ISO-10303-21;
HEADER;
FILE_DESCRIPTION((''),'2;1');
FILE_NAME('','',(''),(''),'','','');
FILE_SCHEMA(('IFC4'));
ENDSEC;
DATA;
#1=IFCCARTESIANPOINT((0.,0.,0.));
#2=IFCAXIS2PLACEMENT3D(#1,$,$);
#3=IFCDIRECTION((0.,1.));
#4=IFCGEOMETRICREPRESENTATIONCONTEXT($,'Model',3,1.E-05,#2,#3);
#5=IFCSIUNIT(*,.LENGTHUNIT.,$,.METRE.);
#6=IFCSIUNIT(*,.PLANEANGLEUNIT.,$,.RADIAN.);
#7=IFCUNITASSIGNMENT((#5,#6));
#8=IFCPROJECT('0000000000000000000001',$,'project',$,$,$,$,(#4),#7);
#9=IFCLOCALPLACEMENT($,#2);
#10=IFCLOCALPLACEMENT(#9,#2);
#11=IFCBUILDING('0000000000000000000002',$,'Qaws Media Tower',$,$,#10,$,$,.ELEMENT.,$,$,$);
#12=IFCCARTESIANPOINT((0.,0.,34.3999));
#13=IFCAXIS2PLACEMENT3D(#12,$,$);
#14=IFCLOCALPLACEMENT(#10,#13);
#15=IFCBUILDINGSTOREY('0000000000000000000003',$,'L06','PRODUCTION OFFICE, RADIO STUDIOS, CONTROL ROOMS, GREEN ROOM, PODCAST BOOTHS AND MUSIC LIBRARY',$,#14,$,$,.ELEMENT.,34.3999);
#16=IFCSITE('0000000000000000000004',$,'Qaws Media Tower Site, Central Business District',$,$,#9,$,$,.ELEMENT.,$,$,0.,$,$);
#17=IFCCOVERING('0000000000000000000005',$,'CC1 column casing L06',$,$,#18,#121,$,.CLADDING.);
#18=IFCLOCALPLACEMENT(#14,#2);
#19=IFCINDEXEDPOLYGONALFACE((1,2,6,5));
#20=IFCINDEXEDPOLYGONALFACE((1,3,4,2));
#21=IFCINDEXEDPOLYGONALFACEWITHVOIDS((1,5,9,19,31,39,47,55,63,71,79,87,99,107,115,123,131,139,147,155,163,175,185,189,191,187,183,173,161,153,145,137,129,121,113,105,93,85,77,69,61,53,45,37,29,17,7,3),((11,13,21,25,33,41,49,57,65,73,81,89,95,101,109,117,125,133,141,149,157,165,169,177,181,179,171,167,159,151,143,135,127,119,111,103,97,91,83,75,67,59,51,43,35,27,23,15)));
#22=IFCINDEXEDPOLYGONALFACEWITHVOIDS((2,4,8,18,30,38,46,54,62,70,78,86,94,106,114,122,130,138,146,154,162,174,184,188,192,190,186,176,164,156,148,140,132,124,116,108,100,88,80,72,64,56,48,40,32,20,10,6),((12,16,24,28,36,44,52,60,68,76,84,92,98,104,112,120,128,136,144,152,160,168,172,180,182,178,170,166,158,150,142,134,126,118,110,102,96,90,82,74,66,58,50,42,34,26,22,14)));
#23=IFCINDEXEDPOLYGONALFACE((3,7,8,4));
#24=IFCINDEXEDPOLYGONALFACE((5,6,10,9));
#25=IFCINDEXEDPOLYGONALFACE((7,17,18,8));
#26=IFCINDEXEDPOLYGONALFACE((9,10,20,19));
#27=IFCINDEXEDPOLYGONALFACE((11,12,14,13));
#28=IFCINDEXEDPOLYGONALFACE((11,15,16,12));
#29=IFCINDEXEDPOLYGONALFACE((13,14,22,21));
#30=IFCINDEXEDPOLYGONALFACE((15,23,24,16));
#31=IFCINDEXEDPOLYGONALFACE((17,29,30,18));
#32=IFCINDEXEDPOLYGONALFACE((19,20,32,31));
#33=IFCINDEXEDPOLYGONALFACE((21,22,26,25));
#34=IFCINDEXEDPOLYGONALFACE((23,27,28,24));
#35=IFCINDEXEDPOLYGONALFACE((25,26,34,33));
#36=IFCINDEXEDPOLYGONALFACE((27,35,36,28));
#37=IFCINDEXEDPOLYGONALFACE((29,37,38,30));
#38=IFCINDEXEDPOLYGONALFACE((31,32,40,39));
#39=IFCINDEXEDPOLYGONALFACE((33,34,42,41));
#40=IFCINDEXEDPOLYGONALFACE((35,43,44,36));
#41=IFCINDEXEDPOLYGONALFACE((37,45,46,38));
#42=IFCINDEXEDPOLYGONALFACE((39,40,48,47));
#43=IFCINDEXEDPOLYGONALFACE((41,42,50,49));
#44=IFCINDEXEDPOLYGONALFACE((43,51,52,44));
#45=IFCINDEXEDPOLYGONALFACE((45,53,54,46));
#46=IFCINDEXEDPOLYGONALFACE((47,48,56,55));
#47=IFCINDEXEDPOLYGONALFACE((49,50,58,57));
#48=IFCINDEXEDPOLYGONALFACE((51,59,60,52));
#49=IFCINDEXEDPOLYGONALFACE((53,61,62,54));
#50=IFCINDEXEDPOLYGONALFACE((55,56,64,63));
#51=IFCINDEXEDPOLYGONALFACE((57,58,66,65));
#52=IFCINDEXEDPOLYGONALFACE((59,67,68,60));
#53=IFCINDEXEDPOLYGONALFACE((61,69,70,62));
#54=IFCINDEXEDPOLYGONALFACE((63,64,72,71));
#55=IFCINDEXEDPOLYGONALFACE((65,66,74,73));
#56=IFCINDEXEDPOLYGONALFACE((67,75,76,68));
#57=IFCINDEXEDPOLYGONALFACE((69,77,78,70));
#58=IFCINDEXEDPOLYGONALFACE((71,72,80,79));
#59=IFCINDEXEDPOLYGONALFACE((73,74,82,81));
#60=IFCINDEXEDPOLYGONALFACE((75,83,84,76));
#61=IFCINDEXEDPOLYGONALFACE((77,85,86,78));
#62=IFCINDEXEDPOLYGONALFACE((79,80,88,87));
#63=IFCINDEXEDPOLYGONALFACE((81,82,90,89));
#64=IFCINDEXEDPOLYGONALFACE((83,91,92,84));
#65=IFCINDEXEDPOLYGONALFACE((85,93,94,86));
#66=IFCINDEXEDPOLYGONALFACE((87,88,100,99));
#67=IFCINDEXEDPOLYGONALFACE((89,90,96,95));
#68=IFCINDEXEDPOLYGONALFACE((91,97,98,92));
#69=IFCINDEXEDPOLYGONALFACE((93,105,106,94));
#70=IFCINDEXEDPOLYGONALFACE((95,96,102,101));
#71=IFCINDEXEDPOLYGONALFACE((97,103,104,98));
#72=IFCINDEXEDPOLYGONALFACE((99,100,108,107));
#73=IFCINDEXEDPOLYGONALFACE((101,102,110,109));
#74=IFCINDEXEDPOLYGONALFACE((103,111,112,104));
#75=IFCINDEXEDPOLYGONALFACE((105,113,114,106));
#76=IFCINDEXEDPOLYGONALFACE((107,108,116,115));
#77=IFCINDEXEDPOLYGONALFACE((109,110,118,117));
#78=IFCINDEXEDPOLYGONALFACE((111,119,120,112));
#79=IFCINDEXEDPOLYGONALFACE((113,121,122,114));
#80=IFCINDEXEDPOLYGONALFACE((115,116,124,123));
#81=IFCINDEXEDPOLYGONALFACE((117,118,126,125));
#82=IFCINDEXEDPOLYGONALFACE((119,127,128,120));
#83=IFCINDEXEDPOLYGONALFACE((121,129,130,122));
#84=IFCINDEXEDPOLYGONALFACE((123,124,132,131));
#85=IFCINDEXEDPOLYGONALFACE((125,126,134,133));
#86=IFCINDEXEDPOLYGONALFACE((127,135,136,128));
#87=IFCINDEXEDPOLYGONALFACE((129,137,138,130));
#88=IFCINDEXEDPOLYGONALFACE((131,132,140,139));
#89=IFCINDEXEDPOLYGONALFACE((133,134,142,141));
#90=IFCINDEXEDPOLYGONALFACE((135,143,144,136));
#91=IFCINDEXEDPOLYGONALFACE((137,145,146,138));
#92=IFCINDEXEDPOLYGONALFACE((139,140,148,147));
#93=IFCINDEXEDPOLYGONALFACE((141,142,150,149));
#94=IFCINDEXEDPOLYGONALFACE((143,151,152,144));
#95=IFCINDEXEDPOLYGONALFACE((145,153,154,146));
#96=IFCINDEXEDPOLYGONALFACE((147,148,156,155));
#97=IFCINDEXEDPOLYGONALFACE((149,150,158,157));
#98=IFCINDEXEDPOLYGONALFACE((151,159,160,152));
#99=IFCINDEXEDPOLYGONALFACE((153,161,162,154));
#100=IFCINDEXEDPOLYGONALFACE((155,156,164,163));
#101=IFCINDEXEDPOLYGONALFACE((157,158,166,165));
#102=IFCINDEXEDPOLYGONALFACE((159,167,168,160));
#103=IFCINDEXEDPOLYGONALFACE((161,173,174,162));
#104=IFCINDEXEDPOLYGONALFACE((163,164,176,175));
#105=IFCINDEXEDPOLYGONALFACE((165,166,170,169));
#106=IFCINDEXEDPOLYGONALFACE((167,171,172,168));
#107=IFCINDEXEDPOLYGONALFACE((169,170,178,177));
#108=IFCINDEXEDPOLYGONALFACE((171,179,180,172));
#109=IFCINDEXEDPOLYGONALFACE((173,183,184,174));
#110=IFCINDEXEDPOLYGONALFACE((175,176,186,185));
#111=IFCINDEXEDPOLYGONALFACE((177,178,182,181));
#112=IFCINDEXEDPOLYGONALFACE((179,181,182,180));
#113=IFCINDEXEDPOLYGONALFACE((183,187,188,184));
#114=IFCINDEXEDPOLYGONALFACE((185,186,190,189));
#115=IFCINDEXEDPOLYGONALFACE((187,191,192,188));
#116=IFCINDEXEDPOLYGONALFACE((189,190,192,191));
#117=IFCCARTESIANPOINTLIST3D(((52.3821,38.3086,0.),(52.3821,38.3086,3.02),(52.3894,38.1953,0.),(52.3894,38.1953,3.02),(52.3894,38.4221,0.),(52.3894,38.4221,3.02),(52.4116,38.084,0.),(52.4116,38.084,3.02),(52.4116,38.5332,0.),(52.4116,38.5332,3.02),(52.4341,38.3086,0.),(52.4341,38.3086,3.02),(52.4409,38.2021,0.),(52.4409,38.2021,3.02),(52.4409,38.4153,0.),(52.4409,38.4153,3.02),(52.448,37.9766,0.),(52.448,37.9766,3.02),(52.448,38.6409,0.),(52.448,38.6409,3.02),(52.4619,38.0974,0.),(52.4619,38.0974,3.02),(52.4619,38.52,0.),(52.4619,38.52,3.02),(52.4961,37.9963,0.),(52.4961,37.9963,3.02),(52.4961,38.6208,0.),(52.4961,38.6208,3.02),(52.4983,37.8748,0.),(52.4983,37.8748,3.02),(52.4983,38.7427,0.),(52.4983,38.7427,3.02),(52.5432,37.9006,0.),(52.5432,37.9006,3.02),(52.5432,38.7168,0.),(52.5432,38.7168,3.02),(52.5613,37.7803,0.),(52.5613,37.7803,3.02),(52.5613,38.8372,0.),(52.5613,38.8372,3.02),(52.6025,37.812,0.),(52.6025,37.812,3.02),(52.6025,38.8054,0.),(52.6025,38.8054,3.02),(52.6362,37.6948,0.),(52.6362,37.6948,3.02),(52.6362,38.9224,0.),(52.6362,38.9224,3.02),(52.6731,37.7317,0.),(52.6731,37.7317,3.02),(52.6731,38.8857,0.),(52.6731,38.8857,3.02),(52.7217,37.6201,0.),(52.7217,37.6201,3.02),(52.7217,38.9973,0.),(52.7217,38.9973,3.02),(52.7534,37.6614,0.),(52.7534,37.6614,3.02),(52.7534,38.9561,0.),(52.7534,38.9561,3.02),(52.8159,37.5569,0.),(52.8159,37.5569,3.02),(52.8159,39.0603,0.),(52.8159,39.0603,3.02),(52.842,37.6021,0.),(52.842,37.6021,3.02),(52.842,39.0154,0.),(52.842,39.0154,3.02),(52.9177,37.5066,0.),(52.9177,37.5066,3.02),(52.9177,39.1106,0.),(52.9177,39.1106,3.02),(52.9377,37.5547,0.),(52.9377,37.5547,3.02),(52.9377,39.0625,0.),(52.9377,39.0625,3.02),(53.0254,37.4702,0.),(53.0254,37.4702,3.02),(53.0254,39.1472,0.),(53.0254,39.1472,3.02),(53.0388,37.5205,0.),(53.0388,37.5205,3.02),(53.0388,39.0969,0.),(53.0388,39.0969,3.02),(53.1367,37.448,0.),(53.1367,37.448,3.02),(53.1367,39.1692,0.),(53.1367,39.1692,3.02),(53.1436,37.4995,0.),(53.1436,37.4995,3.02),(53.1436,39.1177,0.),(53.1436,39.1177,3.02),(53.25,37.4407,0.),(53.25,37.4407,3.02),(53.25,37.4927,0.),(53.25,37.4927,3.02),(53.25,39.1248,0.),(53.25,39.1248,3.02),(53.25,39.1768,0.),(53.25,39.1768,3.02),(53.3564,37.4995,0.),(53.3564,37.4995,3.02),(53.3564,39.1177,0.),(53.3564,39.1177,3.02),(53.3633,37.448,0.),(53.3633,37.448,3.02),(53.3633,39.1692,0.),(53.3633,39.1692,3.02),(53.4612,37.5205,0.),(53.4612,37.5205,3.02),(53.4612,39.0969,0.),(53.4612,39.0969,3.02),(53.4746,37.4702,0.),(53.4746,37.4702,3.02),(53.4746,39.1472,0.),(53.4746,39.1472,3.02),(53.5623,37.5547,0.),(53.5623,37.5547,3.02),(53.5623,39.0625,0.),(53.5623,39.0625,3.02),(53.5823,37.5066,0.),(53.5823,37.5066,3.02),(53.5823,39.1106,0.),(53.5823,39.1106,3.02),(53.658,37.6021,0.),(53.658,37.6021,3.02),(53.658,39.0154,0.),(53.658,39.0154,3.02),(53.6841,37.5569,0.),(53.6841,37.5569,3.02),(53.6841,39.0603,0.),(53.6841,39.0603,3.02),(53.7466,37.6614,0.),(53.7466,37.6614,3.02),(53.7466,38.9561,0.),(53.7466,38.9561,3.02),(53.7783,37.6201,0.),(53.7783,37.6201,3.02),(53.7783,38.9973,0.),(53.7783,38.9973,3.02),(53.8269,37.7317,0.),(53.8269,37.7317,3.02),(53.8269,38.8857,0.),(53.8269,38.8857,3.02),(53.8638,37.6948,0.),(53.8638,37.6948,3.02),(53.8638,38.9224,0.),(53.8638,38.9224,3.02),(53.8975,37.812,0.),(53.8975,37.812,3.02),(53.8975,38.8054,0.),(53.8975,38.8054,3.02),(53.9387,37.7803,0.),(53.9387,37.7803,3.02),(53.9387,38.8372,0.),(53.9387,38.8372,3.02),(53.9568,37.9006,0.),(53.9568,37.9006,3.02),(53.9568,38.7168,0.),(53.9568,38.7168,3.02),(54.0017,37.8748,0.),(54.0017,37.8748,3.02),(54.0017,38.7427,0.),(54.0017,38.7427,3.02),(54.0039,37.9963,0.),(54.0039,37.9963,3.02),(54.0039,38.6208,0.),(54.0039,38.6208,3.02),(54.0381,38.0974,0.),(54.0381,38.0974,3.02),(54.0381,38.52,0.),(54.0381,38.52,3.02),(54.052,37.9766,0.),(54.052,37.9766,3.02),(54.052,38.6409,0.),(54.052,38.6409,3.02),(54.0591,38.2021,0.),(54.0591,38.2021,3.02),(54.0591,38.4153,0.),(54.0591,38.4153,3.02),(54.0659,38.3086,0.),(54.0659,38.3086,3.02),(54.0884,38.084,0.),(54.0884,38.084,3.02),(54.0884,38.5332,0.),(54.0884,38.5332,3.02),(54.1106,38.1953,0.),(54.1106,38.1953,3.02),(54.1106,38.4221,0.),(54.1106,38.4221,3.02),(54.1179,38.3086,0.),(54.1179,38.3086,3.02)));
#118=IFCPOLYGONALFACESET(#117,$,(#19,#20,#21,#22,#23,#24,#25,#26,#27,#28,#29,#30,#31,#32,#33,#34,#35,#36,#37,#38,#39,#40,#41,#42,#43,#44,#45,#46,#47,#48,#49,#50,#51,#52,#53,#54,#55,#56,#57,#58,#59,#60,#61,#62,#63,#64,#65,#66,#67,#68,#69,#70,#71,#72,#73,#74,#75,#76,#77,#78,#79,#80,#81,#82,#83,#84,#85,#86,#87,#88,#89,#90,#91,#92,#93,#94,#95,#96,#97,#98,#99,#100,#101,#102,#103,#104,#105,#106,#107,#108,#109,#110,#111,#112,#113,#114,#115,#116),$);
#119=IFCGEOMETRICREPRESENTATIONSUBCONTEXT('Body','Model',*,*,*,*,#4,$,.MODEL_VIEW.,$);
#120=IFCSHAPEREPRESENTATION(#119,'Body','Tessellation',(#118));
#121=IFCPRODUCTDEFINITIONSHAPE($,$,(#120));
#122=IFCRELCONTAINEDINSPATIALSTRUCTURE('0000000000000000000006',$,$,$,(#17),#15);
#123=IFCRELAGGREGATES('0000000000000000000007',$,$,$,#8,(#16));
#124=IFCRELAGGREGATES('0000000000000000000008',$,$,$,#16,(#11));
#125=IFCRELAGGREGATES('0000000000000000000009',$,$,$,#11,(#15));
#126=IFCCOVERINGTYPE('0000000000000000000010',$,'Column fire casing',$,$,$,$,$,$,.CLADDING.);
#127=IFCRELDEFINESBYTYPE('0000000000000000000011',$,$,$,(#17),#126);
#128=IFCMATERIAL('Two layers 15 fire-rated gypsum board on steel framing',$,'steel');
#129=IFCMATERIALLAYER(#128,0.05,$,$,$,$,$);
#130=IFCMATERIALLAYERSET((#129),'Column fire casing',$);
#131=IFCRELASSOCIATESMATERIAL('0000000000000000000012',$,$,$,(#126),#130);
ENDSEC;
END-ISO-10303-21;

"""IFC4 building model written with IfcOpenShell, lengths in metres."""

from ifc_helpers import new_model, si_unit, direction, frame, origin, place, context, subcontext, project, spatial, polyline, outline, extrude, material, layer, layer_set, type_object, element, save


model = new_model("IFC4")

# Units and contexts
model_context = context("Model", 3, precision=1e-05, world=origin(), true_north=direction((0.0, 1.0)))
body_context = subcontext(model_context, "Body", "Model", "MODEL_VIEW")
ifc_project = project(units=[si_unit("LENGTHUNIT", "METRE"), si_unit("PLANEANGLEUNIT", "RADIAN")], contexts=[model_context])

# Site, building, storey
site_placement = place(None, origin())
site = spatial("IfcSite", under=ifc_project, at=site_placement, Name="Qaws Media Tower Site, Central Business District", CompositionType="ELEMENT", RefElevation=0.0)
building_placement = place(site_placement, origin())
building = spatial("IfcBuilding", under=site, at=building_placement, Name="Qaws Media Tower", CompositionType="ELEMENT")
storey_placement = place(building_placement, frame((0.0, 0.0, 34.3999)))
storey = spatial("IfcBuildingStorey", under=building, at=storey_placement, Name="L06", Description="PRODUCTION OFFICE, RADIO STUDIOS, CONTROL ROOMS, GREEN ROOM, PODCAST BOOTHS AND MUSIC LIBRARY", CompositionType="ELEMENT", Elevation=34.3999)

# Covering
ifc_material_1 = material(Name="Two layers 15 fire-rated gypsum board on steel framing", Category="steel")
ifc_layer_1 = layer(ifc_material_1, 0.05)
ifc_layer_set_1 = layer_set([ifc_layer_1], Name="Column fire casing")
covering_type = type_object("IfcCoveringType", Name="Column fire casing", PredefinedType="CLADDING", material=ifc_layer_set_1)
covering_1_placement = place(storey_placement, origin())
element("IfcCovering", 1, at=covering_1_placement, inside=storey, type_object=covering_type, Name="CC1 column casing L06", PredefinedType="CLADDING", context=body_context, shape_type="SweptSolid", body=[
    extrude(outline(polyline([(54.1179, 38.3086), (54.1106, 38.1953), (54.0884, 38.084), (54.052, 37.9766), (54.0017, 37.8748), (53.9387, 37.7803), (53.8638, 37.6948), (53.7783, 37.6201), (53.6841, 37.5569), (53.5823, 37.5066), (53.4746, 37.4702), (53.3633, 37.448), (53.25, 37.4407), (53.1367, 37.448), (53.0254, 37.4702), (52.9177, 37.5066), (52.8159, 37.5569), (52.7217, 37.6201), (52.6362, 37.6948), (52.5613, 37.7803), (52.4983, 37.8748), (52.448, 37.9766), (52.4116, 38.084), (52.3894, 38.1953), (52.3821, 38.3086), (52.3894, 38.4221), (52.4116, 38.5332), (52.448, 38.6409), (52.4983, 38.7427), (52.5613, 38.8372), (52.6362, 38.9224), (52.7217, 38.9973), (52.8159, 39.0603), (52.9177, 39.1106), (53.0254, 39.1472), (53.1367, 39.1692), (53.25, 39.1768), (53.3633, 39.1692), (53.4746, 39.1472), (53.5823, 39.1106), (53.6841, 39.0603), (53.7783, 38.9973), (53.8638, 38.9224), (53.9387, 38.8372), (54.0017, 38.7427), (54.052, 38.6409), (54.0884, 38.5332), (54.1106, 38.4221), (54.1179, 38.3086)]), holes=[polyline([(54.0659, 38.3086), (54.0591, 38.2021), (54.0381, 38.0974), (54.0039, 37.9963), (53.9568, 37.9006), (53.8975, 37.812), (53.8269, 37.7317), (53.7466, 37.6614), (53.658, 37.6021), (53.5623, 37.5547), (53.4612, 37.5205), (53.3564, 37.4995), (53.25, 37.4927), (53.1436, 37.4995), (53.0388, 37.5205), (52.9377, 37.5547), (52.842, 37.6021), (52.7534, 37.6614), (52.6731, 37.7317), (52.6025, 37.812), (52.5432, 37.9006), (52.4961, 37.9963), (52.4619, 38.0974), (52.4409, 38.2021), (52.4341, 38.3086), (52.4409, 38.4153), (52.4619, 38.52), (52.4961, 38.6208), (52.5432, 38.7168), (52.6025, 38.8054), (52.6731, 38.8857), (52.7534, 38.9561), (52.842, 39.0154), (52.9377, 39.0625), (53.0388, 39.0969), (53.1436, 39.1177), (53.25, 39.1248), (53.3564, 39.1177), (53.4612, 39.0969), (53.5623, 39.0625), (53.658, 39.0154), (53.7466, 38.9561), (53.8269, 38.8857), (53.8975, 38.8054), (53.9568, 38.7168), (54.0039, 38.6208), (54.0381, 38.52), (54.0591, 38.4153), (54.0659, 38.3086)])]), origin(), (0.0, 0.0, 1.0), 3.02),
])

save(model, "model.ifc")
